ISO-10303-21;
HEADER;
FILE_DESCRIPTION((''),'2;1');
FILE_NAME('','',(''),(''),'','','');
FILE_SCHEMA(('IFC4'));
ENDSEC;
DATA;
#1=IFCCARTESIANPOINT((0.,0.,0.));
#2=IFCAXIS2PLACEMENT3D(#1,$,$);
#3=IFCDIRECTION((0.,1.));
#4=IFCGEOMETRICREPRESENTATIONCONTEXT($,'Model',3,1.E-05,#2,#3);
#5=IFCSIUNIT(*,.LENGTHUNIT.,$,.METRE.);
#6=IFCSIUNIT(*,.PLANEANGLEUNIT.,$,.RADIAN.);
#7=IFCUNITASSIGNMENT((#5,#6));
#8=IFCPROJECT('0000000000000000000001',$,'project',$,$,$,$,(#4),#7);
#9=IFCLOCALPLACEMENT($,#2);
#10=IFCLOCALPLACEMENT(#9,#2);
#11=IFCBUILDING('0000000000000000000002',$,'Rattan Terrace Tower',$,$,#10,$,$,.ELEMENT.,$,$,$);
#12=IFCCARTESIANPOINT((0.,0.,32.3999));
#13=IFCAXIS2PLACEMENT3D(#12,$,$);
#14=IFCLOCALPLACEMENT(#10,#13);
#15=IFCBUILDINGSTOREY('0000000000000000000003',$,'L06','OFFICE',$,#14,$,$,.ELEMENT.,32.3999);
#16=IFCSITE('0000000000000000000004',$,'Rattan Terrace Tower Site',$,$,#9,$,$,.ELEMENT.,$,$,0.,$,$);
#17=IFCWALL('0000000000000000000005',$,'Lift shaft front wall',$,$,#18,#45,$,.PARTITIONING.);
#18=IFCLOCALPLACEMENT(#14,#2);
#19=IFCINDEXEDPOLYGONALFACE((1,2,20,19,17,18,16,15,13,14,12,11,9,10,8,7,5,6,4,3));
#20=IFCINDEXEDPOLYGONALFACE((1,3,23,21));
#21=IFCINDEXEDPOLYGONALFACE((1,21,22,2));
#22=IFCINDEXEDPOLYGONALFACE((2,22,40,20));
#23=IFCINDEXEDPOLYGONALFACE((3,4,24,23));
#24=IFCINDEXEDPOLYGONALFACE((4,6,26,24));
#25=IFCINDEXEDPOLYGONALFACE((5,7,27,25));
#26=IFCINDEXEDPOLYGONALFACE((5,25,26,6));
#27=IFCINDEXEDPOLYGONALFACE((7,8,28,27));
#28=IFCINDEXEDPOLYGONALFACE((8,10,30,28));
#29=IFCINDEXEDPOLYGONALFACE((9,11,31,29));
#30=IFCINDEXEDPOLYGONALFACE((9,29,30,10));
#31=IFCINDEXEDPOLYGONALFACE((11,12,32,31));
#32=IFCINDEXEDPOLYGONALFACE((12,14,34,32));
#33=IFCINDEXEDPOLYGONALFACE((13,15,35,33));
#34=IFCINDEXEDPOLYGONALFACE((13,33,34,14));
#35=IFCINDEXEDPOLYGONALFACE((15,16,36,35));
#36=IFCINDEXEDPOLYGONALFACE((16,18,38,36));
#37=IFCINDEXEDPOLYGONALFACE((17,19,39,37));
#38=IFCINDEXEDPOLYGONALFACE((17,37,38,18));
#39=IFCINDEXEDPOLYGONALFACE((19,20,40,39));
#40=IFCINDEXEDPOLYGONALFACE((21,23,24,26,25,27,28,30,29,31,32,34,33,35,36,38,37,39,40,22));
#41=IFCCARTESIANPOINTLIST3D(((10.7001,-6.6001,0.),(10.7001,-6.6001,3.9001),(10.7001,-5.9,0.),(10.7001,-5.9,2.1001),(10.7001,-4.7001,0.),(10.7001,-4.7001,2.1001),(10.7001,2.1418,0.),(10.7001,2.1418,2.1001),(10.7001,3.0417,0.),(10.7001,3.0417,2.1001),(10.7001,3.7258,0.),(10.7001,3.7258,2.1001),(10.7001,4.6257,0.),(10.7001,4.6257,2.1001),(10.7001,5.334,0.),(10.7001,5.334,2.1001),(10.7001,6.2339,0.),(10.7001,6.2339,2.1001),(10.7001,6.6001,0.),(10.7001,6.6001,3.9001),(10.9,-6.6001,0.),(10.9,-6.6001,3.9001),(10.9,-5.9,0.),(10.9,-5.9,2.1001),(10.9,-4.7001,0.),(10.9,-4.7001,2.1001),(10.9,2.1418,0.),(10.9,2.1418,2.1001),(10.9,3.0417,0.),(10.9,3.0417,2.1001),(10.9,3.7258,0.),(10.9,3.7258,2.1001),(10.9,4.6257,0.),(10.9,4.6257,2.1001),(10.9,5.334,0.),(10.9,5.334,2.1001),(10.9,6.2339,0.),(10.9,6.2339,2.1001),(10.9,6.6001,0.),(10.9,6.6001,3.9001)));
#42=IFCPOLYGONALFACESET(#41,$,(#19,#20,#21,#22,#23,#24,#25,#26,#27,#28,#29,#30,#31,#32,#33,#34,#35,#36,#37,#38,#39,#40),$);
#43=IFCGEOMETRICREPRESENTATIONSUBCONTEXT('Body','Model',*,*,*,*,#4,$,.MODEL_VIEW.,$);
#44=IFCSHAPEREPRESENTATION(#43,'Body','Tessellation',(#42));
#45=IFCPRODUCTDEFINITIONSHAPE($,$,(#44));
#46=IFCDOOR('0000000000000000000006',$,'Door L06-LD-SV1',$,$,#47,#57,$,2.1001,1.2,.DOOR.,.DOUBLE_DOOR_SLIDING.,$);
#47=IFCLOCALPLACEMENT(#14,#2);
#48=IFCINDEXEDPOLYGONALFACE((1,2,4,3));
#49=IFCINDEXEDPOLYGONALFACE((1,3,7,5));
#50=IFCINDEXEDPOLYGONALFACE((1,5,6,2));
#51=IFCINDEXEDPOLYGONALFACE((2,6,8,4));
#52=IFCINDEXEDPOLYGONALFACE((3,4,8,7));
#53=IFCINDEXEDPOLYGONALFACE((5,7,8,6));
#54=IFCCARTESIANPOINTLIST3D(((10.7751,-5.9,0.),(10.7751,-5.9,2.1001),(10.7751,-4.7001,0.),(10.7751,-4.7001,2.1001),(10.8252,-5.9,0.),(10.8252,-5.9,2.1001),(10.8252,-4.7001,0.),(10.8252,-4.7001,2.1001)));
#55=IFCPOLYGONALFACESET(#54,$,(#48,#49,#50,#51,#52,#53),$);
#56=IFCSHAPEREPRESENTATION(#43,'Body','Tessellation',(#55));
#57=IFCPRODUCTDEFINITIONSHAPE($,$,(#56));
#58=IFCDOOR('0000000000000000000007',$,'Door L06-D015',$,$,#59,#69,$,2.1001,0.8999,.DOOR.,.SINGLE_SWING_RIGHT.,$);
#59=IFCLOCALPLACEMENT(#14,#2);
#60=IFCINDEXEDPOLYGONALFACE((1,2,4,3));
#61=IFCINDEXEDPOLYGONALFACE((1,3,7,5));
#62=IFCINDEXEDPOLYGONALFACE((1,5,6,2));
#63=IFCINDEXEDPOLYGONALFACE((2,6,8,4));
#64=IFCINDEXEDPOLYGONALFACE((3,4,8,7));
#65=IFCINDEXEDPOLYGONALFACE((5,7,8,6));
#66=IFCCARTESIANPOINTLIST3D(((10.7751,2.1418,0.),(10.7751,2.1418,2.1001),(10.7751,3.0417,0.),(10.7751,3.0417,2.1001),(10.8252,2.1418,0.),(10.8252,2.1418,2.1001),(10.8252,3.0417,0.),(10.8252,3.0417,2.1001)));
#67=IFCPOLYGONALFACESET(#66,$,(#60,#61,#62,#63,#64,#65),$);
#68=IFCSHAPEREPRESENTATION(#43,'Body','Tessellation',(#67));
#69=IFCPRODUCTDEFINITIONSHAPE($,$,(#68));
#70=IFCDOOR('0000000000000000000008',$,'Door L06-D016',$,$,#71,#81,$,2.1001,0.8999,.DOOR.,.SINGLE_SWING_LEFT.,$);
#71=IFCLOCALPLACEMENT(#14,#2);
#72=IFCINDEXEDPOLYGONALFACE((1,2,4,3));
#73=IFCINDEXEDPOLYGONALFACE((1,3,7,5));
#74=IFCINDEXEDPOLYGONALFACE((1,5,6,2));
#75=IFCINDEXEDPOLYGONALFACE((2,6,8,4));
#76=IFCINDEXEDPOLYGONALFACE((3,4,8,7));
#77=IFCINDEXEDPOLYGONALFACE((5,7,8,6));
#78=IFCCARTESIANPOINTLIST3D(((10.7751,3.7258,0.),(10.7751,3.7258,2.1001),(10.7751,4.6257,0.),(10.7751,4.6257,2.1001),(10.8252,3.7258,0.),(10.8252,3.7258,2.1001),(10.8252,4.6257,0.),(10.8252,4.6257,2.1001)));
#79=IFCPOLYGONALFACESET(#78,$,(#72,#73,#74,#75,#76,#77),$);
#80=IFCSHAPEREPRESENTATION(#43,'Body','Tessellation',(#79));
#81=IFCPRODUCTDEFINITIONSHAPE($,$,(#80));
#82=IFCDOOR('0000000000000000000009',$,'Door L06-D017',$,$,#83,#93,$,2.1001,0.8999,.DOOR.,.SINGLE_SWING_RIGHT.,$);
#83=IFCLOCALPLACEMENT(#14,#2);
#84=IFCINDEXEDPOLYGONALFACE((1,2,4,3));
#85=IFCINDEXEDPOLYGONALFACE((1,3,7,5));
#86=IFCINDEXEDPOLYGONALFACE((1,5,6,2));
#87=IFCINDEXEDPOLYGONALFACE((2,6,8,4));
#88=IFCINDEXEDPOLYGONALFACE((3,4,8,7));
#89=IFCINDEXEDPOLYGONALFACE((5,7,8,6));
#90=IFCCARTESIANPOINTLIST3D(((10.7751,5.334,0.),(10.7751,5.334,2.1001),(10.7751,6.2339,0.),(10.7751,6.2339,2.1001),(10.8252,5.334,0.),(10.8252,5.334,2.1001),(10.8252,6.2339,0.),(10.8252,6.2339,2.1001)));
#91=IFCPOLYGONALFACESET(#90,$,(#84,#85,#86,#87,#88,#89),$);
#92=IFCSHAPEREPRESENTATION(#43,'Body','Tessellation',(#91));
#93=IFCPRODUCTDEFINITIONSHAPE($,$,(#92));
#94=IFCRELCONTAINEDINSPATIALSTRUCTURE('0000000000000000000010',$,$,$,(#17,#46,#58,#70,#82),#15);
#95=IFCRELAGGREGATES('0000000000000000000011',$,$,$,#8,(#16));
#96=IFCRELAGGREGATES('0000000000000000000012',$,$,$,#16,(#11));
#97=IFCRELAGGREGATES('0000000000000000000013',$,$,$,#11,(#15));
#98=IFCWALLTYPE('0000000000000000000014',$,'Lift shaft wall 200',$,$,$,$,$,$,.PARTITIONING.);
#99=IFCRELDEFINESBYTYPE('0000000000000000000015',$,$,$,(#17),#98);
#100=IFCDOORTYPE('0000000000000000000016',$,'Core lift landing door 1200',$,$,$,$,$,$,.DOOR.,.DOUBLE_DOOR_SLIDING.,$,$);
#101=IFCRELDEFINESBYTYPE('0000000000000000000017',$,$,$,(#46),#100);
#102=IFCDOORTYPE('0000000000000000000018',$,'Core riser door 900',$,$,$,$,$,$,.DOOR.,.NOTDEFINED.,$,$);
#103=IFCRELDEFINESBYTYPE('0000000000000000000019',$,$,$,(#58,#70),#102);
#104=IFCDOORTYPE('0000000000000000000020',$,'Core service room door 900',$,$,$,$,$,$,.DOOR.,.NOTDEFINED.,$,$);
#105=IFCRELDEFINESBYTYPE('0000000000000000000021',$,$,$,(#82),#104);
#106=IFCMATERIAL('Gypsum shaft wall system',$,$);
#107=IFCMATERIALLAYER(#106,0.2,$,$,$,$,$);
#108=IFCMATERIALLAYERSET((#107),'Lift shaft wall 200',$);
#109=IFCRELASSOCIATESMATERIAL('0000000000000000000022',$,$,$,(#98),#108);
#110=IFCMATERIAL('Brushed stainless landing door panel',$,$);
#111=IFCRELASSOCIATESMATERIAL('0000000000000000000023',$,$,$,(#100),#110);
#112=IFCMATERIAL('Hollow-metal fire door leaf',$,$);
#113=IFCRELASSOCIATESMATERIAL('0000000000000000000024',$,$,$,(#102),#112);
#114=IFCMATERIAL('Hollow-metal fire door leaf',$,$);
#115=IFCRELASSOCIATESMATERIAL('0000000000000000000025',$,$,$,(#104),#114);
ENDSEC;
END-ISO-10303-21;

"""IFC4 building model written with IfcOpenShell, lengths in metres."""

from ifc_helpers import new_model, si_unit, direction, frame, frame_2d, origin, place, context, subcontext, project, spatial, rectangle, extrude, material, layer, layer_set, type_object, element, fill, save


model = new_model("IFC4")

# Units and contexts
model_context = context("Model", 3, precision=1e-05, world=origin(), true_north=direction((0.0, 1.0)))
body_context = subcontext(model_context, "Body", "Model", "MODEL_VIEW")
ifc_project = project(units=[si_unit("LENGTHUNIT", "METRE"), si_unit("PLANEANGLEUNIT", "RADIAN")], contexts=[model_context])

# Site, building, storey
site_placement = place(None, origin())
site = spatial("IfcSite", under=ifc_project, at=site_placement, Name="Rattan Terrace Tower Site", CompositionType="ELEMENT", RefElevation=0.0)
building_placement = place(site_placement, origin())
building = spatial("IfcBuilding", under=site, at=building_placement, Name="Rattan Terrace Tower", CompositionType="ELEMENT")
storey_placement = place(building_placement, frame((0.0, 0.0, 32.3999)))
storey = spatial("IfcBuildingStorey", under=building, at=storey_placement, Name="L06", Description="OFFICE", CompositionType="ELEMENT", Elevation=32.3999)

# Wall, openings, doors
ifc_material_1 = material(Name="Gypsum shaft wall system")
ifc_layer_1 = layer(ifc_material_1, 0.2)
ifc_layer_set_1 = layer_set([ifc_layer_1], Name="Lift shaft wall 200")
wall_type_1 = type_object("IfcWallType", Name="Lift shaft wall 200", PredefinedType="PARTITIONING", material=ifc_layer_set_1)
wall_1_placement = place(storey_placement, frame((10.8, -6.6001, 0.0), z_axis=(0.0, 0.0, 1.0), x_axis=(0.0, 1.0, 0.0)))
wall_1 = element("IfcWall", 1, at=wall_1_placement, inside=storey, type_object=wall_type_1, Name="Lift shaft front wall", PredefinedType="PARTITIONING", context=body_context, shape_type="SweptSolid", body=[
    extrude(rectangle(XDim=13.2002, YDim=0.2, at=frame_2d((6.6001, 0.0))), origin(), (0.0, 0.0, 1.0), 3.9001),
])
opening_1_placement = place(wall_1_placement, frame((0.7, 0.0, 0.0)))
opening_1 = element("IfcOpeningElement", 2, at=opening_1_placement, cuts=wall_1, PredefinedType="OPENING", context=body_context, shape_type="SweptSolid", body=[
    extrude(rectangle(XDim=1.2, YDim=2.1001, at=frame_2d((0.6001, 1.05))), frame((0.0, 0.1106, 0.0), z_axis=(0.0, -1.0, 0.0), x_axis=(1.0, 0.0, 0.0)), (0.0, 0.0, 1.0), 0.2209),
])
opening_2_placement = place(wall_1_placement, frame((8.7419, 0.0, 0.0)))
opening_2 = element("IfcOpeningElement", 3, at=opening_2_placement, cuts=wall_1, PredefinedType="OPENING", context=body_context, shape_type="SweptSolid", body=[
    extrude(rectangle(XDim=0.8999, YDim=2.1001, at=frame_2d((0.45, 1.05))), frame((0.0, 0.1106, 0.0), z_axis=(0.0, -1.0, 0.0), x_axis=(1.0, 0.0, 0.0)), (0.0, 0.0, 1.0), 0.2209),
])
opening_3_placement = place(wall_1_placement, frame((10.3259, 0.0, 0.0)))
opening_3 = element("IfcOpeningElement", 4, at=opening_3_placement, cuts=wall_1, PredefinedType="OPENING", context=body_context, shape_type="SweptSolid", body=[
    extrude(rectangle(XDim=0.8999, YDim=2.1001, at=frame_2d((0.45, 1.05))), frame((0.0, 0.1106, 0.0), z_axis=(0.0, -1.0, 0.0), x_axis=(1.0, 0.0, 0.0)), (0.0, 0.0, 1.0), 0.2209),
])
opening_4_placement = place(wall_1_placement, frame((11.9341, 0.0, 0.0)))
opening_4 = element("IfcOpeningElement", 5, at=opening_4_placement, cuts=wall_1, PredefinedType="OPENING", context=body_context, shape_type="SweptSolid", body=[
    extrude(rectangle(XDim=0.8999, YDim=2.1001, at=frame_2d((0.45, 1.05))), frame((0.0, 0.1106, 0.0), z_axis=(0.0, -1.0, 0.0), x_axis=(1.0, 0.0, 0.0)), (0.0, 0.0, 1.0), 0.2209),
])
ifc_material_2 = material(Name="Brushed stainless landing door panel")
door_type_1 = type_object("IfcDoorType", Name="Core lift landing door 1200", OperationType="DOUBLE_DOOR_SLIDING", PredefinedType="DOOR", material=ifc_material_2)
door_1_placement = place(opening_1_placement, origin())
door_1 = element("IfcDoor", 6, at=door_1_placement, inside=storey, type_object=door_type_1, Name="Door L06-LD-SV1", OperationType="DOUBLE_DOOR_SLIDING", OverallHeight=2.1001, OverallWidth=1.2, PredefinedType="DOOR", context=body_context, shape_type="SweptSolid", body=[
    extrude(rectangle(XDim=1.2, YDim=2.1001, at=frame_2d((0.6001, 1.05))), frame((0.0, 0.0249, 0.0), z_axis=(0.0, -1.0, 0.0), x_axis=(1.0, 0.0, 0.0)), (0.0, 0.0, 1.0), 0.05),
])
fill(opening_1, door_1)
ifc_material_3 = material(Name="Hollow-metal fire door leaf")
door_type_2 = type_object("IfcDoorType", Name="Core riser door 900", OperationType="NOTDEFINED", PredefinedType="DOOR", material=ifc_material_3)
door_2_placement = place(opening_2_placement, origin())
door_2 = element("IfcDoor", 7, at=door_2_placement, inside=storey, type_object=door_type_2, Name="Door L06-D015", OperationType="SINGLE_SWING_RIGHT", OverallHeight=2.1001, OverallWidth=0.8999, PredefinedType="DOOR", context=body_context, shape_type="SweptSolid", body=[
    extrude(rectangle(XDim=0.8999, YDim=2.1001, at=frame_2d((0.45, 1.05))), frame((0.0, 0.0249, 0.0), z_axis=(0.0, -1.0, 0.0), x_axis=(1.0, 0.0, 0.0)), (0.0, 0.0, 1.0), 0.05),
])
fill(opening_2, door_2)
door_3_placement = place(opening_3_placement, origin())
door_3 = element("IfcDoor", 8, at=door_3_placement, inside=storey, type_object=door_type_2, Name="Door L06-D016", OperationType="SINGLE_SWING_LEFT", OverallHeight=2.1001, OverallWidth=0.8999, PredefinedType="DOOR", context=body_context, shape_type="SweptSolid", body=[
    extrude(rectangle(XDim=0.8999, YDim=2.1001, at=frame_2d((0.45, 1.05))), frame((0.0, 0.0249, 0.0), z_axis=(0.0, -1.0, 0.0), x_axis=(1.0, 0.0, 0.0)), (0.0, 0.0, 1.0), 0.05),
])
fill(opening_3, door_3)
ifc_material_4 = material(Name="Hollow-metal fire door leaf")
door_type_3 = type_object("IfcDoorType", Name="Core service room door 900", OperationType="NOTDEFINED", PredefinedType="DOOR", material=ifc_material_4)
door_4_placement = place(opening_4_placement, origin())
door_4 = element("IfcDoor", 9, at=door_4_placement, inside=storey, type_object=door_type_3, Name="Door L06-D017", OperationType="SINGLE_SWING_RIGHT", OverallHeight=2.1001, OverallWidth=0.8999, PredefinedType="DOOR", context=body_context, shape_type="SweptSolid", body=[
    extrude(rectangle(XDim=0.8999, YDim=2.1001, at=frame_2d((0.45, 1.05))), frame((0.0, 0.0249, 0.0), z_axis=(0.0, -1.0, 0.0), x_axis=(1.0, 0.0, 0.0)), (0.0, 0.0, 1.0), 0.05),
])
fill(opening_4, door_4)

save(model, "model.ifc")
